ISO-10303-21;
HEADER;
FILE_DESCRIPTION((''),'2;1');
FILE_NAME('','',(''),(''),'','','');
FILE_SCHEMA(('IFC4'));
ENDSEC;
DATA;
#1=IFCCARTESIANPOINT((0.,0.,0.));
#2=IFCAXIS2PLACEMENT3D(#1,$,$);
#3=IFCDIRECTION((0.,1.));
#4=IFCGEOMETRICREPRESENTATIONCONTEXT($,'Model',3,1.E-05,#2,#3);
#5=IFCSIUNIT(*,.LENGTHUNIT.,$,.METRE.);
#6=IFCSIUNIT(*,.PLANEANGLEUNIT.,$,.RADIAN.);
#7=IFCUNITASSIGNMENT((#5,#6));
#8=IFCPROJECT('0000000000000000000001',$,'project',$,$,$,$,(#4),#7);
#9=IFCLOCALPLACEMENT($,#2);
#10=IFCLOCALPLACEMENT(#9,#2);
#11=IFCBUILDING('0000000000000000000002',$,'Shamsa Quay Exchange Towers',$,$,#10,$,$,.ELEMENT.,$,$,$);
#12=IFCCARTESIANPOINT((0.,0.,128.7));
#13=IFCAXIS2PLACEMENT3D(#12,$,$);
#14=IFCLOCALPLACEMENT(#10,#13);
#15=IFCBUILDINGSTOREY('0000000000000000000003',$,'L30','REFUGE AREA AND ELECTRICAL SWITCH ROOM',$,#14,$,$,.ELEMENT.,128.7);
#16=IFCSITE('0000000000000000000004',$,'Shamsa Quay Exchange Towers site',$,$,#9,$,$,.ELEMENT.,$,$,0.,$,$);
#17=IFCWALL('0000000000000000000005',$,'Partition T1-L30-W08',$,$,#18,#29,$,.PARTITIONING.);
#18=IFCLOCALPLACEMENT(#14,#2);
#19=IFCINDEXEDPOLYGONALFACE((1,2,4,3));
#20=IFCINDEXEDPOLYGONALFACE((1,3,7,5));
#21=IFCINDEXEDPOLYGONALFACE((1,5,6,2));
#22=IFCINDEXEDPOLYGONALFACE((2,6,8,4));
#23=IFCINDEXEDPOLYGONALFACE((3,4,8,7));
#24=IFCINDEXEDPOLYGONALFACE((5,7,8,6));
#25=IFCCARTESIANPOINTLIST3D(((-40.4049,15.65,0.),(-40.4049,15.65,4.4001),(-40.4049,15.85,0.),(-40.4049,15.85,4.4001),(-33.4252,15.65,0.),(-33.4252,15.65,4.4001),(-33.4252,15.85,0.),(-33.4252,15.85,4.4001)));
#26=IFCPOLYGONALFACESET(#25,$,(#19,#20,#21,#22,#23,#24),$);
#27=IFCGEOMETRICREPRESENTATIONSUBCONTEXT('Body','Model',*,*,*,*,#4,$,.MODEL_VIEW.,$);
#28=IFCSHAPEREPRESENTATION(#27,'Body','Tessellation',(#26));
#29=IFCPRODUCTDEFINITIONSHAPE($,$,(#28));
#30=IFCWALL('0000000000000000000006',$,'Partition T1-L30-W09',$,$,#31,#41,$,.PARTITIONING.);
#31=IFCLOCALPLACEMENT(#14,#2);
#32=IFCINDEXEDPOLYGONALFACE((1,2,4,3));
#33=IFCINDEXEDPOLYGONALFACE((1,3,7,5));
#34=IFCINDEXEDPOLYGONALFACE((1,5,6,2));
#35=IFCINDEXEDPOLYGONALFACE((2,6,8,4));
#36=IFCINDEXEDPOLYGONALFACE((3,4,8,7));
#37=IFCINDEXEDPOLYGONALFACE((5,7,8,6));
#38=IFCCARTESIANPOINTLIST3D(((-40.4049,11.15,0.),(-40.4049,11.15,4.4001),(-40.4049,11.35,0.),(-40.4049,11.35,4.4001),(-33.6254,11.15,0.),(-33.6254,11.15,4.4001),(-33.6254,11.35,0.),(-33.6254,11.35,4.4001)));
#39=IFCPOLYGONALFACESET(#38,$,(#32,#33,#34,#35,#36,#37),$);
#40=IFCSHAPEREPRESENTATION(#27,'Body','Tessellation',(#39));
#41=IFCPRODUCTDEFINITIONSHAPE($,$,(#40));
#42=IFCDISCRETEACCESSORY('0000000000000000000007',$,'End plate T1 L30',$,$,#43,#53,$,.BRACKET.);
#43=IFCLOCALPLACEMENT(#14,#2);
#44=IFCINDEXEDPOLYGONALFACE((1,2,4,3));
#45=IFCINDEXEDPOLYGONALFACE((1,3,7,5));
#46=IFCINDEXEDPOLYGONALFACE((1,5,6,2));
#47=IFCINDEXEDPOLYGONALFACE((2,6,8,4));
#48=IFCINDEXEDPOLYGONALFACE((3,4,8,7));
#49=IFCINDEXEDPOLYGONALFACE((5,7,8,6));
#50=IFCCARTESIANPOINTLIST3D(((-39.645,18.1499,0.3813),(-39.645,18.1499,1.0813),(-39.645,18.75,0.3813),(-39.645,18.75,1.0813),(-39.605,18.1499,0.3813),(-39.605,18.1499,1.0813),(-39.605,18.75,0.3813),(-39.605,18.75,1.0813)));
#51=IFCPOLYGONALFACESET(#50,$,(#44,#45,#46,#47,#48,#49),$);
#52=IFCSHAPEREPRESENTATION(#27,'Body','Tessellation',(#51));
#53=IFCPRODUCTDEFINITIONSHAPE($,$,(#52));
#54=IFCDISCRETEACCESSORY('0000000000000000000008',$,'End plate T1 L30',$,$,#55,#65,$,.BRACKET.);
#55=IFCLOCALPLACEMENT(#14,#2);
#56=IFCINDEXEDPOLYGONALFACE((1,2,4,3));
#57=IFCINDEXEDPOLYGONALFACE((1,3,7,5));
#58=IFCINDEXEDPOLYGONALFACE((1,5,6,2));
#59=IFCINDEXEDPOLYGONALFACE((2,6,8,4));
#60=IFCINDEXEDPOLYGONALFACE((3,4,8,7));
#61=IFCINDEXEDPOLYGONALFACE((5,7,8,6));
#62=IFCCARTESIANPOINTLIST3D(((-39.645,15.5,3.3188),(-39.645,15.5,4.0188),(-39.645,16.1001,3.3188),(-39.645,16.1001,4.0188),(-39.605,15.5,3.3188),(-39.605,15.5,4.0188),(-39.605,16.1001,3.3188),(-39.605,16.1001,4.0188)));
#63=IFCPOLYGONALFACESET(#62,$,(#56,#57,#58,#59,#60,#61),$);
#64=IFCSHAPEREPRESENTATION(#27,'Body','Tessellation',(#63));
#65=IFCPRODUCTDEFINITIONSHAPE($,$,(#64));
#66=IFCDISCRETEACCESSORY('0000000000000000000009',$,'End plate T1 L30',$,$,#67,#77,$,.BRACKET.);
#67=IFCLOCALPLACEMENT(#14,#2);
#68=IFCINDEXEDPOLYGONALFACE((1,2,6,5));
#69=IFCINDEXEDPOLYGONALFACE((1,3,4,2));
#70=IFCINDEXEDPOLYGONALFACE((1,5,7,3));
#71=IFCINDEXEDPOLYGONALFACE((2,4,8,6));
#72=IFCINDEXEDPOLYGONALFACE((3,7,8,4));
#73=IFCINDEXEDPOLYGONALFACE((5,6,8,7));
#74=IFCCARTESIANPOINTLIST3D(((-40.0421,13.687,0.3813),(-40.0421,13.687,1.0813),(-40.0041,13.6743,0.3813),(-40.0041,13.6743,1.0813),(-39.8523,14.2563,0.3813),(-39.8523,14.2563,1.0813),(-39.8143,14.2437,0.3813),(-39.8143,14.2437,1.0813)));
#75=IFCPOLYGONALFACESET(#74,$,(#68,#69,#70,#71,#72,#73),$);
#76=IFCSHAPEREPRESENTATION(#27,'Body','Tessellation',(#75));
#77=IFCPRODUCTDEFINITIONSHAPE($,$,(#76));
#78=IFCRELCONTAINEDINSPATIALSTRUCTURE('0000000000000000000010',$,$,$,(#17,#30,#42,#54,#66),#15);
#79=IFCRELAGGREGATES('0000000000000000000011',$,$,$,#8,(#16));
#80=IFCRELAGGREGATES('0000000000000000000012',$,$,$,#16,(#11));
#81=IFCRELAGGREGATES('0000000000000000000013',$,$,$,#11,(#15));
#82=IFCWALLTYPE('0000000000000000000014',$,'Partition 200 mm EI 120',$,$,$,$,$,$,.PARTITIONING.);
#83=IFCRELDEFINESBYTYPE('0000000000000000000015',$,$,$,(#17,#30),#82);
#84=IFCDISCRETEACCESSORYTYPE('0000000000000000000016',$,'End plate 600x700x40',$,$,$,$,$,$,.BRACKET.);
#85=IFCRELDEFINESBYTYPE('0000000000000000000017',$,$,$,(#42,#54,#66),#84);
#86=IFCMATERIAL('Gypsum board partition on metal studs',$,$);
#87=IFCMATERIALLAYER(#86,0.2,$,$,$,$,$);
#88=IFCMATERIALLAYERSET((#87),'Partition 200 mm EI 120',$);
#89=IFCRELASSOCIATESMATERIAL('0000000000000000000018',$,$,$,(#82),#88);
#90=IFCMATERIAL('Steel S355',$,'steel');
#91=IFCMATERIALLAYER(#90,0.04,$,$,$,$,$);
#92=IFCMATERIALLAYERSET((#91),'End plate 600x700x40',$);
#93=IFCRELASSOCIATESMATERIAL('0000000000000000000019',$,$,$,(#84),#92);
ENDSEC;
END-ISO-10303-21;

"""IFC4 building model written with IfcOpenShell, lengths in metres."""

from ifc_helpers import new_model, si_unit, direction, frame, frame_2d, origin, origin_2d, place, context, subcontext, project, spatial, rectangle, extrude, material, layer, layer_set, type_object, element, save


model = new_model("IFC4")

# Units and contexts
model_context = context("Model", 3, precision=1e-05, world=origin(), true_north=direction((0.0, 1.0)))
body_context = subcontext(model_context, "Body", "Model", "MODEL_VIEW")
ifc_project = project(units=[si_unit("LENGTHUNIT", "METRE"), si_unit("PLANEANGLEUNIT", "RADIAN")], contexts=[model_context])

# Site, building, storey
site_placement = place(None, origin())
site = spatial("IfcSite", under=ifc_project, at=site_placement, Name="Shamsa Quay Exchange Towers site", CompositionType="ELEMENT", RefElevation=0.0)
building_placement = place(site_placement, origin())
building = spatial("IfcBuilding", under=site, at=building_placement, Name="Shamsa Quay Exchange Towers", CompositionType="ELEMENT")
storey_placement = place(building_placement, frame((0.0, 0.0, 128.7)))
storey = spatial("IfcBuildingStorey", under=building, at=storey_placement, Name="L30", Description="REFUGE AREA AND ELECTRICAL SWITCH ROOM", CompositionType="ELEMENT", Elevation=128.7)

# Shared definitions
ifc_material_1 = material(Name="Steel S355", Category="steel")

# Shared definitions
ifc_material_2 = material(Name="Gypsum board partition on metal studs")
ifc_layer_1 = layer(ifc_material_2, 0.2)
ifc_layer_set_1 = layer_set([ifc_layer_1], Name="Partition 200 mm EI 120")
wall_type_1 = type_object("IfcWallType", Name="Partition 200 mm EI 120", PredefinedType="PARTITIONING", material=ifc_layer_set_1)

# Walls
wall_1_placement = place(storey_placement, frame((-33.4253, 15.75, 0.0), z_axis=(0.0, 0.0, 1.0), x_axis=(-1.0, 0.0, 0.0)))
element("IfcWall", 1, at=wall_1_placement, inside=storey, type_object=wall_type_1, Name="Partition T1-L30-W08", PredefinedType="PARTITIONING", context=body_context, shape_type="SweptSolid", body=[
    extrude(rectangle(XDim=6.9797, YDim=0.2, at=frame_2d((3.4897, 0.0))), origin(), (0.0, 0.0, 1.0), 4.4001),
])
wall_2_placement = place(storey_placement, frame((-33.6255, 11.25, 0.0), z_axis=(0.0, 0.0, 1.0), x_axis=(-1.0, 0.0, 0.0)))
element("IfcWall", 2, at=wall_2_placement, inside=storey, type_object=wall_type_1, Name="Partition T1-L30-W09", PredefinedType="PARTITIONING", context=body_context, shape_type="SweptSolid", body=[
    extrude(rectangle(XDim=6.7795, YDim=0.2, at=frame_2d((3.3896, 0.0))), origin(), (0.0, 0.0, 1.0), 4.4001),
])

# Discrete accessories
ifc_layer_2 = layer(ifc_material_1, 0.04)
ifc_layer_set_2 = layer_set([ifc_layer_2], Name="End plate 600x700x40")
discrete_accessory_type = type_object("IfcDiscreteAccessoryType", Name="End plate 600x700x40", PredefinedType="BRACKET", material=ifc_layer_set_2)
for number, where, z_axis, x_axis, name in (
    (3, (-39.625, 18.45, 0.3813), (0.0, 0.0, 1.0), (0.0, -1.0, 0.0), "End plate T1 L30"),
    (4, (-39.625, 15.8, 3.3188), (0.0, 0.0, 1.0), (0.0, -1.0, 0.0), "End plate T1 L30"),
    (5, (-39.9282, 13.9653, 0.3813), (0.0, 0.0, 1.0), (-0.316228, -0.948683, 0.0), "End plate T1 L30"),
):
    element("IfcDiscreteAccessory", number, at=place(storey_placement, frame(where, z_axis=z_axis, x_axis=x_axis)), inside=storey, type_object=discrete_accessory_type, Name=name, PredefinedType="BRACKET", context=body_context, shape_type="SweptSolid", body=[
        extrude(rectangle(XDim=0.6001, YDim=0.04, at=origin_2d()), origin(), (0.0, 0.0, 1.0), 0.7),
    ])

save(model, "model.ifc")
